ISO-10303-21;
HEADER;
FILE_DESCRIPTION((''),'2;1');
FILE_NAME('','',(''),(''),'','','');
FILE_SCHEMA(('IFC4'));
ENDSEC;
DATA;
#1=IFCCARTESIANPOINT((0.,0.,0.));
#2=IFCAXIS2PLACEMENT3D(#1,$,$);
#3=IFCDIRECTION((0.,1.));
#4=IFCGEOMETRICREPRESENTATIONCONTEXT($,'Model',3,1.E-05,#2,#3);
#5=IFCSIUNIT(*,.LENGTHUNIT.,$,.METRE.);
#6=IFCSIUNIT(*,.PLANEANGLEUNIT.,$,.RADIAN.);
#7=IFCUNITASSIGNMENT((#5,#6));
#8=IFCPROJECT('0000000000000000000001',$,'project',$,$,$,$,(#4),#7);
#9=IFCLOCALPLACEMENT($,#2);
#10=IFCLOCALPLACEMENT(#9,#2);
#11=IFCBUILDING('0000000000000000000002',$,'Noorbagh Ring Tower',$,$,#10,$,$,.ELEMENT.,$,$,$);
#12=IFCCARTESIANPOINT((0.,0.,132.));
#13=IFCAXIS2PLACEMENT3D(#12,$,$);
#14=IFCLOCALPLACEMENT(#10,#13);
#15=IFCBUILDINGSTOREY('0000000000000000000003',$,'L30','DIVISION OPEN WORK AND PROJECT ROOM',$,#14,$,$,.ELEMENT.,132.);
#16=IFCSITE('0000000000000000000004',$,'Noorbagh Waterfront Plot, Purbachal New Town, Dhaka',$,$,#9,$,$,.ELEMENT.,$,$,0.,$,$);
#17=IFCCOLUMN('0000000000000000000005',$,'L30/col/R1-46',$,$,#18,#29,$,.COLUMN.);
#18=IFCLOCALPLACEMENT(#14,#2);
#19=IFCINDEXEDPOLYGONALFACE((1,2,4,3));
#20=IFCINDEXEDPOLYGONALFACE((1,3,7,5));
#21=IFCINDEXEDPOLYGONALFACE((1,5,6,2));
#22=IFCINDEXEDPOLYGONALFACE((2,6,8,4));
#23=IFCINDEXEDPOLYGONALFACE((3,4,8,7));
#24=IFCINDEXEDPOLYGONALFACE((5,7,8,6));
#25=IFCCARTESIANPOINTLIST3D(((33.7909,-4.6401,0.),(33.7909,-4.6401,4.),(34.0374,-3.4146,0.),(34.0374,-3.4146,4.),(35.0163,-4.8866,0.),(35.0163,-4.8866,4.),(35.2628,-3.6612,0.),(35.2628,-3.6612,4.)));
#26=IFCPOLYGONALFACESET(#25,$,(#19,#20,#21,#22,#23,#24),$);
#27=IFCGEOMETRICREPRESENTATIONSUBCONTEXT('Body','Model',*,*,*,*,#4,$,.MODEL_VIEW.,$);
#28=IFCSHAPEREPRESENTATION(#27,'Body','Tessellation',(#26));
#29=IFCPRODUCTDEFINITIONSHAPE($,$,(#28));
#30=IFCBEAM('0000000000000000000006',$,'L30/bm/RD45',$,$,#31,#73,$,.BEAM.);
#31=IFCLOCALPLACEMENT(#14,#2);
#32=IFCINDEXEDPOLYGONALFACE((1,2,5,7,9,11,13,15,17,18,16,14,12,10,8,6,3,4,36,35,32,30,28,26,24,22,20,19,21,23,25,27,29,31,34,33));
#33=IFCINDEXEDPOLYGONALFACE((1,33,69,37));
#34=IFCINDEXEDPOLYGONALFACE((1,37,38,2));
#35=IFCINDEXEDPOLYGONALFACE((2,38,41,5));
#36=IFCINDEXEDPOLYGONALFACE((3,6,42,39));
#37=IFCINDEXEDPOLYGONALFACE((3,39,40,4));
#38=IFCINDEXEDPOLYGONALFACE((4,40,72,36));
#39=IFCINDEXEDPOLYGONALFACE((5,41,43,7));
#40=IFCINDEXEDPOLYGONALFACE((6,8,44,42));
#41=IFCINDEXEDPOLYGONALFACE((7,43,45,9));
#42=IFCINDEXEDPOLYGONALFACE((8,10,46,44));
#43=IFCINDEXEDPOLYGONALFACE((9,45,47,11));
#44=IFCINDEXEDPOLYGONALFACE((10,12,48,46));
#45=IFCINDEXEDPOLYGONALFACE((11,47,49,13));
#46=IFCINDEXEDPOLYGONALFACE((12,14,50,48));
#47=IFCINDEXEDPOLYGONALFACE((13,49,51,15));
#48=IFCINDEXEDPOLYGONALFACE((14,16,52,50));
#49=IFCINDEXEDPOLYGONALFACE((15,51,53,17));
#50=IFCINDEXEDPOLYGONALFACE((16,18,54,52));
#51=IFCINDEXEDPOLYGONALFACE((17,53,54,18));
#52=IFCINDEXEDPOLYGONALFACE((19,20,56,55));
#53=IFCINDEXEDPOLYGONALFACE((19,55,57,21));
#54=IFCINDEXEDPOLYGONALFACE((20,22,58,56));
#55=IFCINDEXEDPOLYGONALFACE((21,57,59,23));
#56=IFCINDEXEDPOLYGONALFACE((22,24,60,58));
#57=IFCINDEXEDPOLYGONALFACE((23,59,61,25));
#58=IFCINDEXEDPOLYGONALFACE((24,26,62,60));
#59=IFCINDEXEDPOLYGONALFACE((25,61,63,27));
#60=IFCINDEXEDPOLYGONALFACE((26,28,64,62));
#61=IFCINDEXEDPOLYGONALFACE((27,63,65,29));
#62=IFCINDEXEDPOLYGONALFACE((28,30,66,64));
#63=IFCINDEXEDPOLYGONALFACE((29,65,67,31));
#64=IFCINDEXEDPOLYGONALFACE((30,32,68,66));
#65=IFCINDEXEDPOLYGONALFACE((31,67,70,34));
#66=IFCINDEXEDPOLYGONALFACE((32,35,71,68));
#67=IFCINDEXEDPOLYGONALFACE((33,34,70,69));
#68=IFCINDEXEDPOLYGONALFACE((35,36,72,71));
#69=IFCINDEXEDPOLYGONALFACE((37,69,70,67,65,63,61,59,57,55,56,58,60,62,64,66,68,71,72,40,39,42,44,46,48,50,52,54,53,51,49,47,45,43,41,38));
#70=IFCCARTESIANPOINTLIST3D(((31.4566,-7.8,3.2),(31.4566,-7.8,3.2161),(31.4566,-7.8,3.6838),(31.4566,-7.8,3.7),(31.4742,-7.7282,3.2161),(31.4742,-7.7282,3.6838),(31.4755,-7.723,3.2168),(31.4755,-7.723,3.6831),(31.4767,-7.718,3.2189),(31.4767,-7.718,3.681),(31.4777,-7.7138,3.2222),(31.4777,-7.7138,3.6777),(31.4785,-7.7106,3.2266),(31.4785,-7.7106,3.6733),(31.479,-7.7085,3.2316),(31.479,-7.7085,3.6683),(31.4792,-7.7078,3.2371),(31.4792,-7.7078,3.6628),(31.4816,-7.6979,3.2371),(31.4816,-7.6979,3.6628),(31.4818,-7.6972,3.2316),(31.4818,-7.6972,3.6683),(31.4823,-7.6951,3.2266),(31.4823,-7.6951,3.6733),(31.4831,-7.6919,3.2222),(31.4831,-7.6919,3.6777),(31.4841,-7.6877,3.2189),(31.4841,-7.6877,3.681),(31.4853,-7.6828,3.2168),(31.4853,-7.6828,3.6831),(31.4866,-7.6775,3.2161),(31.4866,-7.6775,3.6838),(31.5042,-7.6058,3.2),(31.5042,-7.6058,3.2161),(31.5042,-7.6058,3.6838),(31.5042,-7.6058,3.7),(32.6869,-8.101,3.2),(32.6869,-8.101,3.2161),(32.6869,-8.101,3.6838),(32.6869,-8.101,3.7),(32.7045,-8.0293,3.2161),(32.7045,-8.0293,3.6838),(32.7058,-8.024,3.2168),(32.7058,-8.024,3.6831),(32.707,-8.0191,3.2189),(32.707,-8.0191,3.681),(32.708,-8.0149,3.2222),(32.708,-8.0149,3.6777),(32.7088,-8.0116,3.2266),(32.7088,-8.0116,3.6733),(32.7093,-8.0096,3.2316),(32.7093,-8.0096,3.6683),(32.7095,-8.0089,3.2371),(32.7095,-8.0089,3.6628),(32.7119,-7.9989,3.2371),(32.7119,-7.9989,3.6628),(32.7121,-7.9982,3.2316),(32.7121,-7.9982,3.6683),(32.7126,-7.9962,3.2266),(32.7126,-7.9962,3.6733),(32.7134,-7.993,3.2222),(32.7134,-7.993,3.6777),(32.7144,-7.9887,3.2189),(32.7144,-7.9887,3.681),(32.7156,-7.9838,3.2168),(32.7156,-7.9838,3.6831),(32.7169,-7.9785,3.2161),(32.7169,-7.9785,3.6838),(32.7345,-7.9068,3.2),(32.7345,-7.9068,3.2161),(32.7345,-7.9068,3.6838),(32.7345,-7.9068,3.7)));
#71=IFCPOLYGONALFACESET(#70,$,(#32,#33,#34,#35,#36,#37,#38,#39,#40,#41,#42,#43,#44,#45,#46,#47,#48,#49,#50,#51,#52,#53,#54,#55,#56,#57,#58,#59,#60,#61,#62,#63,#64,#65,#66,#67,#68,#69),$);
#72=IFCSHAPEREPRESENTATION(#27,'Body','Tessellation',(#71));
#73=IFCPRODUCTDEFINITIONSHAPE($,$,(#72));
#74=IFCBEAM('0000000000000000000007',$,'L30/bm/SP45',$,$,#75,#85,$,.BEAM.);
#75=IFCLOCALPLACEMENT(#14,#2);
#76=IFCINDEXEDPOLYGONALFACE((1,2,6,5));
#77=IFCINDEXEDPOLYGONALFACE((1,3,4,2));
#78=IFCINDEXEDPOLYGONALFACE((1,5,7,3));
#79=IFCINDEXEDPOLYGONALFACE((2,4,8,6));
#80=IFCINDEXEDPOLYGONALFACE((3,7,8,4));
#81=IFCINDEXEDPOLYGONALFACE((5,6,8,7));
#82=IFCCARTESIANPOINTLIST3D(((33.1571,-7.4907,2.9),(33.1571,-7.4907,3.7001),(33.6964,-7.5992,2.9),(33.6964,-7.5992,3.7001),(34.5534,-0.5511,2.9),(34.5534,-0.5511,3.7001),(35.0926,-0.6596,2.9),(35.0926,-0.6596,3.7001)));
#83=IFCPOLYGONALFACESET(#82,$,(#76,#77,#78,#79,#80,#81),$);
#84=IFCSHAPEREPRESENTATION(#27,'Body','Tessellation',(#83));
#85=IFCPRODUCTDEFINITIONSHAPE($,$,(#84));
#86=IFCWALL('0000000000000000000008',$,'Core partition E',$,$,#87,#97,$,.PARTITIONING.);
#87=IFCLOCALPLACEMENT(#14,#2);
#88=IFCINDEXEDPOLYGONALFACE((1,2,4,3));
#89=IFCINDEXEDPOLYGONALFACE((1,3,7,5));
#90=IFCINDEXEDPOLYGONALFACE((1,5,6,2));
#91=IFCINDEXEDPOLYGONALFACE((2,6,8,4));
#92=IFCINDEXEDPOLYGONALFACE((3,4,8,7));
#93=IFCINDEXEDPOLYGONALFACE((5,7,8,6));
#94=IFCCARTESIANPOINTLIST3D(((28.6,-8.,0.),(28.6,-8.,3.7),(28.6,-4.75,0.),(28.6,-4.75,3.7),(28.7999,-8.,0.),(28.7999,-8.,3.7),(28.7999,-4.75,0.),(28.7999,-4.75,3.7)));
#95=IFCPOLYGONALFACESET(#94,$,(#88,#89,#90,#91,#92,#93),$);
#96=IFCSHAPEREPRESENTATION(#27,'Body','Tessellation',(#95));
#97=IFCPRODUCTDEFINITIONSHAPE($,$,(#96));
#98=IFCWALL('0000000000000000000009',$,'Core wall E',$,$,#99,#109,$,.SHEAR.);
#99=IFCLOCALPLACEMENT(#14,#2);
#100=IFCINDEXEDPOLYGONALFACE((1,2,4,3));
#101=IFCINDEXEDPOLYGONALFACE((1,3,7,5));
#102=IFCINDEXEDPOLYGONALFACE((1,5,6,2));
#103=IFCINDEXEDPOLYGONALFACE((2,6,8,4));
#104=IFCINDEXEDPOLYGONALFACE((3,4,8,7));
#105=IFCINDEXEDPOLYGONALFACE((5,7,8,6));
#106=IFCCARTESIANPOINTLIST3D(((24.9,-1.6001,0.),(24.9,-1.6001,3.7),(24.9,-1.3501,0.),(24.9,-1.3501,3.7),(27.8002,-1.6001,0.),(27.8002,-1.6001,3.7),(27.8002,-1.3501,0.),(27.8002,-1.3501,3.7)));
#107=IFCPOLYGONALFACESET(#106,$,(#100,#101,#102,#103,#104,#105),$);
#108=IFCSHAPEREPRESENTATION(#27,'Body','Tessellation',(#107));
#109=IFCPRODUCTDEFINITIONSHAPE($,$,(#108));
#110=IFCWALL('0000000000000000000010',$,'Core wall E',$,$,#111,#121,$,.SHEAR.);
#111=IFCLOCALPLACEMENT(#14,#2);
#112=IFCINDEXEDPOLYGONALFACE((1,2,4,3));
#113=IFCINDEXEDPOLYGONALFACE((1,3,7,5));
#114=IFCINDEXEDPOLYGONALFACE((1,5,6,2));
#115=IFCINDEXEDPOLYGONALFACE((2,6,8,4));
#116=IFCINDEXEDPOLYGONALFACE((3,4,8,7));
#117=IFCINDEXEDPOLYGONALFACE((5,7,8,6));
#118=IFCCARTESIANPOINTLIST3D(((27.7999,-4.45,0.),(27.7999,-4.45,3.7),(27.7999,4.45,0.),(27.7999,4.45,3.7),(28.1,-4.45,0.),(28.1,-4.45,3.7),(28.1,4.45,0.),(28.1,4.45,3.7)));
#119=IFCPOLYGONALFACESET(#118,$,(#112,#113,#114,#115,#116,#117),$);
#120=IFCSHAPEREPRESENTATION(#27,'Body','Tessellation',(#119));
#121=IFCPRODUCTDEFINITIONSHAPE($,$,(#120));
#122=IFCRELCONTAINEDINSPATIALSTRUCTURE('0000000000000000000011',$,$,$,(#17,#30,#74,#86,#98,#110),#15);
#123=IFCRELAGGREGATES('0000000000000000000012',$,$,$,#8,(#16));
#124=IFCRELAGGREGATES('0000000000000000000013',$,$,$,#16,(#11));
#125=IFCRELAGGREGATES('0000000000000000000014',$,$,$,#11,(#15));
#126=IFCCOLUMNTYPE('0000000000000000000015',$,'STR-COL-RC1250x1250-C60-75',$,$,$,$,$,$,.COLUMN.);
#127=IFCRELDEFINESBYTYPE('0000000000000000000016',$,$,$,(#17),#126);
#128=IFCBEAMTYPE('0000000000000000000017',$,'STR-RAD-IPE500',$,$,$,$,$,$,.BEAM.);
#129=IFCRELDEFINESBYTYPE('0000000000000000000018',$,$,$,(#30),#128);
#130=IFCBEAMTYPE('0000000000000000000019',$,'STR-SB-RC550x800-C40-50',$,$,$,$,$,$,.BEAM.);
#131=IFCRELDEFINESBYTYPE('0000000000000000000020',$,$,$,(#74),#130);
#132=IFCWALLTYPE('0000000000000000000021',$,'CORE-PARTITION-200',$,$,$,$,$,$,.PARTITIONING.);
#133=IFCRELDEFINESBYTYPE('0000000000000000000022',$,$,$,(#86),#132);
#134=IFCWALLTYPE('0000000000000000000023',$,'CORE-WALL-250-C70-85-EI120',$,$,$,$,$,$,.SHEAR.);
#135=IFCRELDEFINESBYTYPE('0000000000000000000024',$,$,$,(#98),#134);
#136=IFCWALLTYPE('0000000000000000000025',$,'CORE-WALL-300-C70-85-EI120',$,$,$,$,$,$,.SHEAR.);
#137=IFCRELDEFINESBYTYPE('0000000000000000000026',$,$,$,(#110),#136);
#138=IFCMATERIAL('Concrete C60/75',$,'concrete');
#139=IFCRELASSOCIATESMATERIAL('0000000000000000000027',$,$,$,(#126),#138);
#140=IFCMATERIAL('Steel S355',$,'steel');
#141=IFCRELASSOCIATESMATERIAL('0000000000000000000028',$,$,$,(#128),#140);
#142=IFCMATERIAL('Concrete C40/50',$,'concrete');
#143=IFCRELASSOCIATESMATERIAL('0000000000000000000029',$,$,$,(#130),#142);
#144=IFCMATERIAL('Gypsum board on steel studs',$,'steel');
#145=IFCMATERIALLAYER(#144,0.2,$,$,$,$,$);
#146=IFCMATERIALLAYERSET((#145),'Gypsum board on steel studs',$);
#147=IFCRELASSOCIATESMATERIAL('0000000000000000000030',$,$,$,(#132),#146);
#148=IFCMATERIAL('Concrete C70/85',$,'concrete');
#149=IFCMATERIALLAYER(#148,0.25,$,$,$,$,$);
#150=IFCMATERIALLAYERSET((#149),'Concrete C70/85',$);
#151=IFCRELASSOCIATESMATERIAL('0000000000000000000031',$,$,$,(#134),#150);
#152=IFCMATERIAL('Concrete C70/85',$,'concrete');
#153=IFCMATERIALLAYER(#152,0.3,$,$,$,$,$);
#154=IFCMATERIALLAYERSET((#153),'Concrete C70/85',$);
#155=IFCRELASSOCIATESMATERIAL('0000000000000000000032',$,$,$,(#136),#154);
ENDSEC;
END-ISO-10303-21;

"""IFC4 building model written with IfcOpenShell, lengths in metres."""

from ifc_helpers import new_model, si_unit, direction, frame, frame_2d, origin, origin_2d, place, context, subcontext, project, spatial, rectangle, i_section, extrude, material, layer, layer_set, material_profile, profile_set, type_object, element, save


model = new_model("IFC4")

# Units and contexts
model_context = context("Model", 3, precision=1e-05, world=origin(), true_north=direction((0.0, 1.0)))
body_context = subcontext(model_context, "Body", "Model", "MODEL_VIEW")
ifc_project = project(units=[si_unit("LENGTHUNIT", "METRE"), si_unit("PLANEANGLEUNIT", "RADIAN")], contexts=[model_context])

# Site, building, storey
site_placement = place(None, origin())
site = spatial("IfcSite", under=ifc_project, at=site_placement, Name="Noorbagh Waterfront Plot, Purbachal New Town, Dhaka", CompositionType="ELEMENT", RefElevation=0.0)
building_placement = place(site_placement, origin())
building = spatial("IfcBuilding", under=site, at=building_placement, Name="Noorbagh Ring Tower", CompositionType="ELEMENT")
storey_placement = place(building_placement, frame((0.0, 0.0, 132.0)))
storey = spatial("IfcBuildingStorey", under=building, at=storey_placement, Name="L30", Description="DIVISION OPEN WORK AND PROJECT ROOM", CompositionType="ELEMENT", Elevation=132.0)

# Column
ifc_material_1 = material(Name="Concrete C60/75", Category="concrete")
ifc_material_profile_1 = material_profile(ifc_material_1, rectangle(XDim=1.25, YDim=1.25, at=origin_2d()), Name="RC1250x1250")
ifc_profile_set_1 = profile_set([ifc_material_profile_1], Name="Concrete C60/75")
column_type = type_object("IfcColumnType", Name="STR-COL-RC1250x1250-C60-75", PredefinedType="COLUMN", material=ifc_profile_set_1)
column_placement = place(storey_placement, frame((34.5269, -4.1506, 0.0), z_axis=(0.0, 0.0, 1.0), x_axis=(0.19723, 0.980357, 0.0)))
element("IfcColumn", 1, at=column_placement, inside=storey, type_object=column_type, Name="L30/col/R1-46", PredefinedType="COLUMN", context=body_context, shape_type="SweptSolid", body=[
    extrude(rectangle(XDim=1.25, YDim=1.25, at=origin_2d()), origin(), (0.0, 0.0, 1.0), 4.0),
])

# Beams
ifc_material_2 = material(Name="Steel S355", Category="steel")
ifc_material_profile_2 = material_profile(ifc_material_2, i_section(OverallWidth=0.2, OverallDepth=0.5, WebThickness=0.0103, FlangeThickness=0.0161, FilletRadius=0.021, at=origin_2d()), Name="IPE500")
ifc_profile_set_2 = profile_set([ifc_material_profile_2], Name="Steel S355")
beam_type_1 = type_object("IfcBeamType", Name="STR-RAD-IPE500", PredefinedType="BEAM", material=ifc_profile_set_2)
beam_1_placement = place(storey_placement, frame((32.7107, -8.0039, 3.45), z_axis=(-0.971344, 0.237679, 0.0), x_axis=(-0.237679, -0.971344, 0.0)))
element("IfcBeam", 2, at=beam_1_placement, inside=storey, type_object=beam_type_1, Name="L30/bm/RD45", PredefinedType="BEAM", context=body_context, shape_type="SweptSolid", body=[
    extrude(i_section(OverallWidth=0.2, OverallDepth=0.5, WebThickness=0.0103, FlangeThickness=0.0161, FilletRadius=0.021, at=origin_2d()), origin(), (0.0, 0.0, 1.0), 1.2666),
])
ifc_material_3 = material(Name="Concrete C40/50", Category="concrete")
ifc_material_profile_3 = material_profile(ifc_material_3, rectangle(XDim=0.55, YDim=0.8, at=origin_2d()), Name="RC550x800")
ifc_profile_set_3 = profile_set([ifc_material_profile_3], Name="Concrete C40/50")
beam_type_2 = type_object("IfcBeamType", Name="STR-SB-RC550x800-C40-50", PredefinedType="BEAM", material=ifc_profile_set_3)
beam_2_placement = place(storey_placement, frame((33.4268, -7.5449, 3.3), z_axis=(0.19725, 0.980353, 0.0), x_axis=(-0.980353, 0.19725, 0.0)))
element("IfcBeam", 3, at=beam_2_placement, inside=storey, type_object=beam_type_2, Name="L30/bm/SP45", PredefinedType="BEAM", context=body_context, shape_type="SweptSolid", body=[
    extrude(rectangle(XDim=0.55, YDim=0.8, at=origin_2d()), origin(), (0.0, 0.0, 1.0), 7.0786),
])

# Walls
ifc_material_4 = material(Name="Gypsum board on steel studs", Category="steel")
ifc_layer_1 = layer(ifc_material_4, 0.2)
ifc_layer_set_1 = layer_set([ifc_layer_1], Name="Gypsum board on steel studs")
wall_type_1 = type_object("IfcWallType", Name="CORE-PARTITION-200", PredefinedType="PARTITIONING", material=ifc_layer_set_1)
wall_1_placement = place(storey_placement, frame((28.7, -8.0, 0.0), z_axis=(0.0, 0.0, 1.0), x_axis=(0.0, 1.0, 0.0)))
element("IfcWall", 4, at=wall_1_placement, inside=storey, type_object=wall_type_1, Name="Core partition E", PredefinedType="PARTITIONING", context=body_context, shape_type="SweptSolid", body=[
    extrude(rectangle(XDim=3.25, YDim=0.2, at=frame_2d((1.625, 0.0))), origin(), (0.0, 0.0, 1.0), 3.7),
])
ifc_material_5 = material(Name="Concrete C70/85", Category="concrete")
ifc_layer_2 = layer(ifc_material_5, 0.25)
ifc_layer_set_2 = layer_set([ifc_layer_2], Name="Concrete C70/85")
wall_type_2 = type_object("IfcWallType", Name="CORE-WALL-250-C70-85-EI120", PredefinedType="SHEAR", material=ifc_layer_set_2)
wall_2_placement = place(storey_placement, frame((24.8999, -1.4751, 0.0), z_axis=(0.0, 0.0, 1.0), x_axis=(1.0, 0.0, 0.0)))
element("IfcWall", 5, at=wall_2_placement, inside=storey, type_object=wall_type_2, Name="Core wall E", PredefinedType="SHEAR", context=body_context, shape_type="SweptSolid", body=[
    extrude(rectangle(XDim=2.9001, YDim=0.25, at=frame_2d((1.4502, 0.0))), origin(), (0.0, 0.0, 1.0), 3.7),
])
ifc_material_6 = material(Name="Concrete C70/85", Category="concrete")
ifc_layer_3 = layer(ifc_material_6, 0.3)
ifc_layer_set_3 = layer_set([ifc_layer_3], Name="Concrete C70/85")
wall_type_3 = type_object("IfcWallType", Name="CORE-WALL-300-C70-85-EI120", PredefinedType="SHEAR", material=ifc_layer_set_3)
wall_3_placement = place(storey_placement, frame((27.95, -4.45, 0.0), z_axis=(0.0, 0.0, 1.0), x_axis=(0.0, 1.0, 0.0)))
element("IfcWall", 6, at=wall_3_placement, inside=storey, type_object=wall_type_3, Name="Core wall E", PredefinedType="SHEAR", context=body_context, shape_type="SweptSolid", body=[
    extrude(rectangle(XDim=8.8999, YDim=0.3, at=frame_2d((4.45, 0.0))), origin(), (0.0, 0.0, 1.0), 3.7),
])

save(model, "model.ifc")
